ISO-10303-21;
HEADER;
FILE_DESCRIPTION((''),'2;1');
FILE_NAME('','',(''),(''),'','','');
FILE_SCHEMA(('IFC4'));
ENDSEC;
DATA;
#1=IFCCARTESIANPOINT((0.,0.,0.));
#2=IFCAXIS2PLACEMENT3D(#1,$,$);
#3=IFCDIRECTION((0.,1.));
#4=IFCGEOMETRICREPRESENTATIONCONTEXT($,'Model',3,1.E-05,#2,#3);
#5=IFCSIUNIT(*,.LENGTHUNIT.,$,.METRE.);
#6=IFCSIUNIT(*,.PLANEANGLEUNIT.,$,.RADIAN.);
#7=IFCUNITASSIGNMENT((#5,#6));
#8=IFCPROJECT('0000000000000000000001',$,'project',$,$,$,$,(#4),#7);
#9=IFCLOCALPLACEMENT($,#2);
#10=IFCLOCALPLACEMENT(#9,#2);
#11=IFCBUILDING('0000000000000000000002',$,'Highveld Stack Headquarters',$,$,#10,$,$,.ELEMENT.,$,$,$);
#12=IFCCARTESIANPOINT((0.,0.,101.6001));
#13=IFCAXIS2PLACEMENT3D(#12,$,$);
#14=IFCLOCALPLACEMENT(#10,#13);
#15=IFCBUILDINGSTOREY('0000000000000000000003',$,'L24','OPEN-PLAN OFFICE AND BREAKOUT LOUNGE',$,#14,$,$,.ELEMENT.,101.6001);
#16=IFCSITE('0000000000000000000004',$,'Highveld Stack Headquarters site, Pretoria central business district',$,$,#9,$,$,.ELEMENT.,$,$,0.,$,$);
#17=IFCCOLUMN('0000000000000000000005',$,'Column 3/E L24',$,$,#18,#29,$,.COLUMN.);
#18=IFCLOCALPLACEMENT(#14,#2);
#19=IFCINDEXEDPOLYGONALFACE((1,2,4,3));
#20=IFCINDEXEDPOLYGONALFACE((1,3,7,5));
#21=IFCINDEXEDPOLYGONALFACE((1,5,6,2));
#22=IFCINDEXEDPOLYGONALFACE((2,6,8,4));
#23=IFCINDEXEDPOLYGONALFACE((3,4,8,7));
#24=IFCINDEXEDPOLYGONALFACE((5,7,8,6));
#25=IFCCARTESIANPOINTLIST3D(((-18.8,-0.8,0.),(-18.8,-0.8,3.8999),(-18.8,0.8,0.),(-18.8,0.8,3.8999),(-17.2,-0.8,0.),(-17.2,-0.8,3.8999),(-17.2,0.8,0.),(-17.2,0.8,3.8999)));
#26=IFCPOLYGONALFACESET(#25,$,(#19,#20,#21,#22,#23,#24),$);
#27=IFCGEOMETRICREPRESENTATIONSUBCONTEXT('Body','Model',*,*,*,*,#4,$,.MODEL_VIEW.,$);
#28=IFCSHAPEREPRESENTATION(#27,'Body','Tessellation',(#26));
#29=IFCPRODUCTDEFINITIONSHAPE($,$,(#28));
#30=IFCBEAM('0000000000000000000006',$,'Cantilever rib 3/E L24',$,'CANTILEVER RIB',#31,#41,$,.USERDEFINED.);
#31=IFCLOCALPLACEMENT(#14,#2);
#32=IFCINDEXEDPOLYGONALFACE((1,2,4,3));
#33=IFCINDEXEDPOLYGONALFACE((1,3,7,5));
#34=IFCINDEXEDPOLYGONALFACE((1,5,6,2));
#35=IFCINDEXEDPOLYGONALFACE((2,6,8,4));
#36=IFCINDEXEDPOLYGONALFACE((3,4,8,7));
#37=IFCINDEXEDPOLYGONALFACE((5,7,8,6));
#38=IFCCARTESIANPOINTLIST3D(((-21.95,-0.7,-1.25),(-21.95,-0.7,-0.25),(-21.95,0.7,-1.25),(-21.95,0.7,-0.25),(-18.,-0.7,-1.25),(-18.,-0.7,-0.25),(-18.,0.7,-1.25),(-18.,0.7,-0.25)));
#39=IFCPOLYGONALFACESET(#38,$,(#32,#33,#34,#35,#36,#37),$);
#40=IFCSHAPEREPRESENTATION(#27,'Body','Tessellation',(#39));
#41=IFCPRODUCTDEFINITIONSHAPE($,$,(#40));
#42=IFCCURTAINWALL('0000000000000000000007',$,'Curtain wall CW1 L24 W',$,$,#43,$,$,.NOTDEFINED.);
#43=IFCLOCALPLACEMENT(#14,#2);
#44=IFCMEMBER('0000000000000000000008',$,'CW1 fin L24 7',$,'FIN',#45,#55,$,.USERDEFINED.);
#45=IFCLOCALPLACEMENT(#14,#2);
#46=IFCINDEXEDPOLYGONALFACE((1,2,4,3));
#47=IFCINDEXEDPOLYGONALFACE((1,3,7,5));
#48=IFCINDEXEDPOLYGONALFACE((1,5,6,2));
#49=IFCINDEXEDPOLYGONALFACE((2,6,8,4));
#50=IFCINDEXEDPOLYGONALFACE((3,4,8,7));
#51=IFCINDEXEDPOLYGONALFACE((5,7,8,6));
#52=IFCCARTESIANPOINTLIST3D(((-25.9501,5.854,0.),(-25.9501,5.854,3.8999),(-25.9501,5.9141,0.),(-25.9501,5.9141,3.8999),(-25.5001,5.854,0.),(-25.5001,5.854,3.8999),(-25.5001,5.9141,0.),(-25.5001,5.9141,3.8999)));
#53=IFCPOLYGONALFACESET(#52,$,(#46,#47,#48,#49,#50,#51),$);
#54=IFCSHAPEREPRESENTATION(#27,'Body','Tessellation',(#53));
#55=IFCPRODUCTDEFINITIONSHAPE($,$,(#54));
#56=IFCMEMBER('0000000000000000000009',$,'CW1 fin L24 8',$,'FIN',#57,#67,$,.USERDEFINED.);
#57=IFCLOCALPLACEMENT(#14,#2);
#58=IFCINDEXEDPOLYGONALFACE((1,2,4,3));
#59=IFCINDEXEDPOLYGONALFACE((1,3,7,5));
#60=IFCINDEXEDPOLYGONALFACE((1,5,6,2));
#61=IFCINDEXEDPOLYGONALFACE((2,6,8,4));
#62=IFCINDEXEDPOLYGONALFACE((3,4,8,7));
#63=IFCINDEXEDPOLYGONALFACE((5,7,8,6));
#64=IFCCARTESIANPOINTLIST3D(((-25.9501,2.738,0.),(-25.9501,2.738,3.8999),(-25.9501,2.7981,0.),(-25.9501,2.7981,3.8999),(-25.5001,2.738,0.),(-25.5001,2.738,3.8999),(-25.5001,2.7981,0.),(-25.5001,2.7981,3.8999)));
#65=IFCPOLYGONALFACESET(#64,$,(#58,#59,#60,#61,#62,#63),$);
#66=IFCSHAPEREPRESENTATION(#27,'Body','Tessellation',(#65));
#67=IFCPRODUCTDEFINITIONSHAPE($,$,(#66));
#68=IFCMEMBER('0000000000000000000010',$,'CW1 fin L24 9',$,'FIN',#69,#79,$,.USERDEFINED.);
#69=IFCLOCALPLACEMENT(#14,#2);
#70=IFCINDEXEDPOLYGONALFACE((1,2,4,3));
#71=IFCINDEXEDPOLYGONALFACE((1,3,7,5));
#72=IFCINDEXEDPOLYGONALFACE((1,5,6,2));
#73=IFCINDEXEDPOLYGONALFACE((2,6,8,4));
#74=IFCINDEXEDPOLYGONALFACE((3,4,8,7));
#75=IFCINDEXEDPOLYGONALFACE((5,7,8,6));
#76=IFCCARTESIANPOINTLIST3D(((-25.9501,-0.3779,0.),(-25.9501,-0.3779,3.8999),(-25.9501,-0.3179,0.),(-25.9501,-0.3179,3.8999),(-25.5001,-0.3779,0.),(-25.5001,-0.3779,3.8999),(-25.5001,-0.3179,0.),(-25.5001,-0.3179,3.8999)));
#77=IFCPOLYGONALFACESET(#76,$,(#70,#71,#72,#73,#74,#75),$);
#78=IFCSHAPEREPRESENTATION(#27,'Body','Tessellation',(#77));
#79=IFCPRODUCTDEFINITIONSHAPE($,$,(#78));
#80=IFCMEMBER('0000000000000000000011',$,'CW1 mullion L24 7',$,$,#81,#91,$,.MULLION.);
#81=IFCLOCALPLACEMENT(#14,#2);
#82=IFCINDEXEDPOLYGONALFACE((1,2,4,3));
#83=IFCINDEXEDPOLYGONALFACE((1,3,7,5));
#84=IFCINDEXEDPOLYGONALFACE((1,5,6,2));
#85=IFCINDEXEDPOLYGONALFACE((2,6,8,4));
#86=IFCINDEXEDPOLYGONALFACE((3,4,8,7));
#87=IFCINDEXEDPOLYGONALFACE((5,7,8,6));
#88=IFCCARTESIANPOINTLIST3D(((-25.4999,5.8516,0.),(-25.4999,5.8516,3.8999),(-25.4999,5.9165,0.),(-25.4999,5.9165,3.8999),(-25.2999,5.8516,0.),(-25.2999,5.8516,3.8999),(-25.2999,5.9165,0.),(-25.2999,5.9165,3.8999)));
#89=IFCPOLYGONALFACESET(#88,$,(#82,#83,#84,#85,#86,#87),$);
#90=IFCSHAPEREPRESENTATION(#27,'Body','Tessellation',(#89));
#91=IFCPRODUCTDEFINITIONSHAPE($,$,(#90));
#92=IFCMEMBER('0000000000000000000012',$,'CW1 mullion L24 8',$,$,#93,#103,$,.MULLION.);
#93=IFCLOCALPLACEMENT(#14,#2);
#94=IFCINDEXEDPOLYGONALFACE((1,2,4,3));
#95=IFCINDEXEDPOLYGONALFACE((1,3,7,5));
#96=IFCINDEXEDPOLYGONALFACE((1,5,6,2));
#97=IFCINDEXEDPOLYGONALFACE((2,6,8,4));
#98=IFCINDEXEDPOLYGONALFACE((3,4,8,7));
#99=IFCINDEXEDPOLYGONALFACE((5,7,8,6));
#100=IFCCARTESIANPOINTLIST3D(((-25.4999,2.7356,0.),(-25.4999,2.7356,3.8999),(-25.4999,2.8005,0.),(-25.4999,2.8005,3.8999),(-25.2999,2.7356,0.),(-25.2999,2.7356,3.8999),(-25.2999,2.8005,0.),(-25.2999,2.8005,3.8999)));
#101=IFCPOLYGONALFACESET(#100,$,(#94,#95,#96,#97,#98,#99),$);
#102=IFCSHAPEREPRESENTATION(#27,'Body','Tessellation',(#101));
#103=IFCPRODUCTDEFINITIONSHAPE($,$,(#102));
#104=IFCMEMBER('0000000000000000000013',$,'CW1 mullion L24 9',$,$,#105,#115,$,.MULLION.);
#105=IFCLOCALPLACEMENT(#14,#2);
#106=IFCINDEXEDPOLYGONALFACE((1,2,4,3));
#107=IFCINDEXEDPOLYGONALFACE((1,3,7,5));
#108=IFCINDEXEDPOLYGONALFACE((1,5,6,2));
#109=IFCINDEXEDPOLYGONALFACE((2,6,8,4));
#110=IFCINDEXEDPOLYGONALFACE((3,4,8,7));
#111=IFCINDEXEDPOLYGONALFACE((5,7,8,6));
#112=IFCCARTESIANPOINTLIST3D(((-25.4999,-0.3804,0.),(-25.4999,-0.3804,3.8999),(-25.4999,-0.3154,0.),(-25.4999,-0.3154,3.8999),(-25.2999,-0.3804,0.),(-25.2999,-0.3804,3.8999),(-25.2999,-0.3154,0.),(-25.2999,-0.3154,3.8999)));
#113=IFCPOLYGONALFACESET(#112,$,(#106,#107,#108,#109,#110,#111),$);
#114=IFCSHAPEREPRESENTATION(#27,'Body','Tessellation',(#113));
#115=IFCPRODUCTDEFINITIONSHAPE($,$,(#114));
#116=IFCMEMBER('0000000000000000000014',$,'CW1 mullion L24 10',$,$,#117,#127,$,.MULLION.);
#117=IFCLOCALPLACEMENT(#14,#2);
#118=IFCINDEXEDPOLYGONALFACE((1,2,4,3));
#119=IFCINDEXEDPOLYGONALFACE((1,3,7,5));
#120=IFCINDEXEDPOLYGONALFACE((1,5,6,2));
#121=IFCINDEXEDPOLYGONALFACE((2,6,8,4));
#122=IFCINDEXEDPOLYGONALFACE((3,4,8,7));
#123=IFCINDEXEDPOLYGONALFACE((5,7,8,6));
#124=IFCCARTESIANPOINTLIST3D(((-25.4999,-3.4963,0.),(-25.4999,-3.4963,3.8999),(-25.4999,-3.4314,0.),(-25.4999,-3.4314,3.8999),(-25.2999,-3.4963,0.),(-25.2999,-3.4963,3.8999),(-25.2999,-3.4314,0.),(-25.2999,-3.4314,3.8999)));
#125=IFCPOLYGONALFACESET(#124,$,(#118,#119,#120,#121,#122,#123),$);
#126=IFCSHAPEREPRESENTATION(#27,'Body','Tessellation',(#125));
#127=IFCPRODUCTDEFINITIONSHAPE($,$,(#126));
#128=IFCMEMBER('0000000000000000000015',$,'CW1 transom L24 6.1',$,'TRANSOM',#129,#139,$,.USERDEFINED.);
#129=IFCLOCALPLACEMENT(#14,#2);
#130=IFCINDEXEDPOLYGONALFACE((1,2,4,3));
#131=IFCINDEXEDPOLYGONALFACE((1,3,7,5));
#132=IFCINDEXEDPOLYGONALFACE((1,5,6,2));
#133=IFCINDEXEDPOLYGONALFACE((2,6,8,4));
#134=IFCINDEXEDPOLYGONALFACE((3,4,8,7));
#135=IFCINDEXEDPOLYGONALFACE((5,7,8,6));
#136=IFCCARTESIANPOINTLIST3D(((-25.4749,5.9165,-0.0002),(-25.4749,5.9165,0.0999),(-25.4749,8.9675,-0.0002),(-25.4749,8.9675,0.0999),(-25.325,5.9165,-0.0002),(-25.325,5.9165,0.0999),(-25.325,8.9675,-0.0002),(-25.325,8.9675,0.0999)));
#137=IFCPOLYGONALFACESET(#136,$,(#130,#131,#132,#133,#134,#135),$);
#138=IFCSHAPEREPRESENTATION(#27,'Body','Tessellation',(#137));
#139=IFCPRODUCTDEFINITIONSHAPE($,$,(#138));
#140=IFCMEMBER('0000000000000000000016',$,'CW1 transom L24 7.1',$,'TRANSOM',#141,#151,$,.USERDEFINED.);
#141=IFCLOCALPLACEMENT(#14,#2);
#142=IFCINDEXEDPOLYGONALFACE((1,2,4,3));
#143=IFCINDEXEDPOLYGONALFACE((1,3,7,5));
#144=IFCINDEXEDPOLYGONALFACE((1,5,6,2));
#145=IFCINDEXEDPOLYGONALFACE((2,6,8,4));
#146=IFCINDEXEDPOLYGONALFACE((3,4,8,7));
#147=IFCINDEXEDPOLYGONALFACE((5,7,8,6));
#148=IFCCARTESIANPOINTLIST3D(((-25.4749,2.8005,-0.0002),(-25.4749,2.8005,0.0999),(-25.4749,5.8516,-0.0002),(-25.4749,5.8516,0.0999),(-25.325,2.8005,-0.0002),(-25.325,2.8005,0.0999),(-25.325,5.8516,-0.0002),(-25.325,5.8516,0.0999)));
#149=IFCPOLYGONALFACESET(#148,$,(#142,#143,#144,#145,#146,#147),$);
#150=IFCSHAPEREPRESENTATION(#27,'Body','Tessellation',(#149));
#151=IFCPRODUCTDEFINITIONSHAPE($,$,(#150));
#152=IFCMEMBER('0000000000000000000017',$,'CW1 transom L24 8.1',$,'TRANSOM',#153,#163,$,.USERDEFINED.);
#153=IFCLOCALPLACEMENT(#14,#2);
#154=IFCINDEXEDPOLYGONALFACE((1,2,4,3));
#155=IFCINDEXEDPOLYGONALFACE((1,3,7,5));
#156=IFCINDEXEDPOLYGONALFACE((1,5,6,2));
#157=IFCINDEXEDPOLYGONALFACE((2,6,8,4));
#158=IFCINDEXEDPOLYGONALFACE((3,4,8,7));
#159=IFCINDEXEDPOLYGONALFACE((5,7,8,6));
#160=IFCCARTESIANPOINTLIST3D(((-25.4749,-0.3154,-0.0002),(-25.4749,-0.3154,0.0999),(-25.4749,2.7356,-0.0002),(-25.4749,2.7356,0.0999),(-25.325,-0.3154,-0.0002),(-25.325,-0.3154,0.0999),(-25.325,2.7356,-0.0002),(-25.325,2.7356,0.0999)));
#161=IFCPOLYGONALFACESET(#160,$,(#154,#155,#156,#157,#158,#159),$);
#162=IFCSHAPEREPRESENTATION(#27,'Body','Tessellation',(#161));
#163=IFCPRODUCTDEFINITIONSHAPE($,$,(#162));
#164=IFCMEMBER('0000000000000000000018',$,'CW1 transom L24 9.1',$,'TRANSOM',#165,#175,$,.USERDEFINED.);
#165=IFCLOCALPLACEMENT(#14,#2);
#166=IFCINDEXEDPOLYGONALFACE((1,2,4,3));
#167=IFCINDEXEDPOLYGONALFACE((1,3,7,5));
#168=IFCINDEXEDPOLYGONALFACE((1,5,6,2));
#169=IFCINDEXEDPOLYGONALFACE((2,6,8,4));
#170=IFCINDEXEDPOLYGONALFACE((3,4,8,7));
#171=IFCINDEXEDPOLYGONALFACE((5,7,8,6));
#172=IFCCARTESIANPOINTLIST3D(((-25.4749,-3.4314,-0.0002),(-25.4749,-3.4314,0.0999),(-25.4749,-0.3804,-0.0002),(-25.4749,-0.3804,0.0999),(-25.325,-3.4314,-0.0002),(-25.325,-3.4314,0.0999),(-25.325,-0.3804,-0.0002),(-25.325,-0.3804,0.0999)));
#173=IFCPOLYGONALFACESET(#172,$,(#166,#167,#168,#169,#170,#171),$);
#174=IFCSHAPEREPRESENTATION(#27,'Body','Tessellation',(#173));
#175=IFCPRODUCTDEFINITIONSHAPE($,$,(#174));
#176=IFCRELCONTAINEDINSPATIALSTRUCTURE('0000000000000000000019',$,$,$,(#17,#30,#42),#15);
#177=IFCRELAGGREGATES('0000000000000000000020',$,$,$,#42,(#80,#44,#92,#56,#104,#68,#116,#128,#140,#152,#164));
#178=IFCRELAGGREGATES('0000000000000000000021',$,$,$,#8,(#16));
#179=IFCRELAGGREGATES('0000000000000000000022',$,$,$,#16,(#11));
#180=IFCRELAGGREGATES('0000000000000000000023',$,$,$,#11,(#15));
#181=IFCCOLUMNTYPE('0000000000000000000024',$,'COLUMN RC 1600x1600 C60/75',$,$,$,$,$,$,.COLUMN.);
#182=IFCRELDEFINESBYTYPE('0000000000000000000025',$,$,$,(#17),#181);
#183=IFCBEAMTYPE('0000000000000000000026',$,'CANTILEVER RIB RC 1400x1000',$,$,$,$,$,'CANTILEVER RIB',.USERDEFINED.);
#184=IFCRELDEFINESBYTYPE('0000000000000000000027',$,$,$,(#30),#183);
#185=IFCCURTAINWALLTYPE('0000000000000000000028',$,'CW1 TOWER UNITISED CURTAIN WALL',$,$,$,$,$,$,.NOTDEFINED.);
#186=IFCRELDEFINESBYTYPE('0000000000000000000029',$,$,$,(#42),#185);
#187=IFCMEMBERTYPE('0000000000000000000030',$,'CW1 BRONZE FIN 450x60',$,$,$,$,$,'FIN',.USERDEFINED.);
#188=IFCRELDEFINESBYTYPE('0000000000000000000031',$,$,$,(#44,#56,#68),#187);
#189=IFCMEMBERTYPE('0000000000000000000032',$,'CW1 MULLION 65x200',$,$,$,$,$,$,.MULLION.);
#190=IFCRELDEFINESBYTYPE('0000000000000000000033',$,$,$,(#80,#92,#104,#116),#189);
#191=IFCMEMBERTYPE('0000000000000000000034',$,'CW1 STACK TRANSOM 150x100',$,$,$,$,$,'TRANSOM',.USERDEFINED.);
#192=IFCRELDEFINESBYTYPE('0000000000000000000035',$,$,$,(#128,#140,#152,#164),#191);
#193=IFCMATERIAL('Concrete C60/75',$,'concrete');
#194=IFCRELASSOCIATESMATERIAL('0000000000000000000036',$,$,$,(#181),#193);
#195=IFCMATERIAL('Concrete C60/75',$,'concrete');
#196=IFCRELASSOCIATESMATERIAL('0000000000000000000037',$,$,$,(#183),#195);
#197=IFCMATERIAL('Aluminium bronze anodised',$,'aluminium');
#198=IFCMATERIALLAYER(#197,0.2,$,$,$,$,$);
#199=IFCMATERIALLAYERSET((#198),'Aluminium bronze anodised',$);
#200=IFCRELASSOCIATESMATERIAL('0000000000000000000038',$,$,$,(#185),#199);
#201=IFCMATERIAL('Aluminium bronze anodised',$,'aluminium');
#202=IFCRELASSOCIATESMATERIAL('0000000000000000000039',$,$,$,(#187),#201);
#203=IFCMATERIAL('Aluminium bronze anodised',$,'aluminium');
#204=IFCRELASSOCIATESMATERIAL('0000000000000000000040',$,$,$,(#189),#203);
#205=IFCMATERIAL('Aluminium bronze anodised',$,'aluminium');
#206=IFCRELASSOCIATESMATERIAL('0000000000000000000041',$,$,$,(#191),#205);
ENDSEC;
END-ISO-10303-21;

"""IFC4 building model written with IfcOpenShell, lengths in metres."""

from ifc_helpers import new_model, si_unit, direction, frame, origin, origin_2d, place, context, subcontext, project, spatial, rectangle, extrude, material, layer, layer_set, material_profile, profile_set, type_object, element, aggregate, save


model = new_model("IFC4")

# Units and contexts
model_context = context("Model", 3, precision=1e-05, world=origin(), true_north=direction((0.0, 1.0)))
body_context = subcontext(model_context, "Body", "Model", "MODEL_VIEW")
ifc_project = project(units=[si_unit("LENGTHUNIT", "METRE"), si_unit("PLANEANGLEUNIT", "RADIAN")], contexts=[model_context])

# Site, building, storey
site_placement = place(None, origin())
site = spatial("IfcSite", under=ifc_project, at=site_placement, Name="Highveld Stack Headquarters site, Pretoria central business district", CompositionType="ELEMENT", RefElevation=0.0)
building_placement = place(site_placement, origin())
building = spatial("IfcBuilding", under=site, at=building_placement, Name="Highveld Stack Headquarters", CompositionType="ELEMENT")
storey_placement = place(building_placement, frame((0.0, 0.0, 101.6001)))
storey = spatial("IfcBuildingStorey", under=building, at=storey_placement, Name="L24", Description="OPEN-PLAN OFFICE AND BREAKOUT LOUNGE", CompositionType="ELEMENT", Elevation=101.6001)

# Column
ifc_material_1 = material(Name="Concrete C60/75", Category="concrete")
ifc_material_profile_1 = material_profile(ifc_material_1, rectangle(XDim=1.6001, YDim=1.6001, at=origin_2d()), Name="RC 1600x1600")
ifc_profile_set_1 = profile_set([ifc_material_profile_1], Name="Concrete C60/75")
column_type = type_object("IfcColumnType", Name="COLUMN RC 1600x1600 C60/75", PredefinedType="COLUMN", material=ifc_profile_set_1)
column_placement = place(storey_placement, frame((-18.0, 0.0, 0.0), z_axis=(0.0, 0.0, 1.0), x_axis=(1.0, 0.0, 0.0)))
element("IfcColumn", 1, at=column_placement, inside=storey, type_object=column_type, Name="Column 3/E L24", PredefinedType="COLUMN", context=body_context, shape_type="SweptSolid", body=[
    extrude(rectangle(XDim=1.6001, YDim=1.6001, at=origin_2d()), origin(), (0.0, 0.0, 1.0), 3.8999),
])

# Beam
ifc_material_2 = material(Name="Concrete C60/75", Category="concrete")
ifc_material_profile_2 = material_profile(ifc_material_2, rectangle(XDim=1.3999, YDim=1.0, at=origin_2d()), Name="RC 1400x1000")
ifc_profile_set_2 = profile_set([ifc_material_profile_2], Name="Concrete C60/75")
beam_type_1 = type_object("IfcBeamType", Name="CANTILEVER RIB RC 1400x1000", ElementType="CANTILEVER RIB", PredefinedType="USERDEFINED", material=ifc_profile_set_2)
beam_placement = place(storey_placement, frame((-18.0, 0.0, -0.75), z_axis=(-1.0, 0.0, 0.0), x_axis=(0.0, -1.0, 0.0)))
element("IfcBeam", 2, at=beam_placement, inside=storey, type_object=beam_type_1, Name="Cantilever rib 3/E L24", ObjectType="CANTILEVER RIB", PredefinedType="USERDEFINED", context=body_context, shape_type="SweptSolid", body=[
    extrude(rectangle(XDim=1.3999, YDim=1.0, at=origin_2d()), origin(), (0.0, 0.0, 1.0), 3.95),
])

# Curtain wall, members
ifc_material_3 = material(Name="Aluminium bronze anodised", Category="aluminium")
ifc_layer_1 = layer(ifc_material_3, 0.2)
ifc_layer_set_1 = layer_set([ifc_layer_1], Name="Aluminium bronze anodised")
curtain_wall_type = type_object("IfcCurtainWallType", Name="CW1 TOWER UNITISED CURTAIN WALL", PredefinedType="NOTDEFINED", material=ifc_layer_set_1)
curtain_wall_placement = place(storey_placement, origin())
curtain_wall = element("IfcCurtainWall", 3, at=curtain_wall_placement, inside=storey, type_object=curtain_wall_type, Name="Curtain wall CW1 L24 W", PredefinedType="NOTDEFINED")
ifc_material_4 = material(Name="Aluminium bronze anodised", Category="aluminium")
ifc_material_profile_3 = material_profile(ifc_material_4, rectangle(XDim=0.45, YDim=0.0601, at=origin_2d()), Name="FIN 450x60")
ifc_profile_set_3 = profile_set([ifc_material_profile_3], Name="Aluminium bronze anodised")
member_type_1 = type_object("IfcMemberType", Name="CW1 BRONZE FIN 450x60", ElementType="FIN", PredefinedType="USERDEFINED", material=ifc_profile_set_3)
member_1_placement = place(storey_placement, frame((-25.7251, 5.884, 0.0), z_axis=(0.0, 0.0, 1.0), x_axis=(1.0, 0.0, 0.0)))
member_1 = element("IfcMember", 4, at=member_1_placement, type_object=member_type_1, Name="CW1 fin L24 7", ObjectType="FIN", PredefinedType="USERDEFINED", context=body_context, shape_type="SweptSolid", body=[
    extrude(rectangle(XDim=0.45, YDim=0.0601, at=origin_2d()), origin(), (0.0, 0.0, 1.0), 3.8999),
])
member_2_placement = place(storey_placement, frame((-25.7251, 2.7681, 0.0), z_axis=(0.0, 0.0, 1.0), x_axis=(1.0, 0.0, 0.0)))
member_2 = element("IfcMember", 5, at=member_2_placement, type_object=member_type_1, Name="CW1 fin L24 8", ObjectType="FIN", PredefinedType="USERDEFINED", context=body_context, shape_type="SweptSolid", body=[
    extrude(rectangle(XDim=0.45, YDim=0.0601, at=origin_2d()), origin(), (0.0, 0.0, 1.0), 3.8999),
])
member_3_placement = place(storey_placement, frame((-25.7251, -0.3479, 0.0), z_axis=(0.0, 0.0, 1.0), x_axis=(1.0, 0.0, 0.0)))
member_3 = element("IfcMember", 6, at=member_3_placement, type_object=member_type_1, Name="CW1 fin L24 9", ObjectType="FIN", PredefinedType="USERDEFINED", context=body_context, shape_type="SweptSolid", body=[
    extrude(rectangle(XDim=0.45, YDim=0.0601, at=origin_2d()), origin(), (0.0, 0.0, 1.0), 3.8999),
])
ifc_material_5 = material(Name="Aluminium bronze anodised", Category="aluminium")
ifc_material_profile_4 = material_profile(ifc_material_5, rectangle(XDim=0.2, YDim=0.0649, at=origin_2d()), Name="CW1 MULLION 65x200")
ifc_profile_set_4 = profile_set([ifc_material_profile_4], Name="Aluminium bronze anodised")
member_type_2 = type_object("IfcMemberType", Name="CW1 MULLION 65x200", PredefinedType="MULLION", material=ifc_profile_set_4)
member_4_placement = place(storey_placement, frame((-25.3999, 5.884, 0.0), z_axis=(0.0, 0.0, 1.0), x_axis=(1.0, 0.0, 0.0)))
member_4 = element("IfcMember", 7, at=member_4_placement, type_object=member_type_2, Name="CW1 mullion L24 7", PredefinedType="MULLION", context=body_context, shape_type="SweptSolid", body=[
    extrude(rectangle(XDim=0.2, YDim=0.0649, at=origin_2d()), origin(), (0.0, 0.0, 1.0), 3.8999),
])
member_5_placement = place(storey_placement, frame((-25.3999, 2.7681, 0.0), z_axis=(0.0, 0.0, 1.0), x_axis=(1.0, 0.0, 0.0)))
member_5 = element("IfcMember", 8, at=member_5_placement, type_object=member_type_2, Name="CW1 mullion L24 8", PredefinedType="MULLION", context=body_context, shape_type="SweptSolid", body=[
    extrude(rectangle(XDim=0.2, YDim=0.0649, at=origin_2d()), origin(), (0.0, 0.0, 1.0), 3.8999),
])
member_6_placement = place(storey_placement, frame((-25.3999, -0.3479, 0.0), z_axis=(0.0, 0.0, 1.0), x_axis=(1.0, 0.0, 0.0)))
member_6 = element("IfcMember", 9, at=member_6_placement, type_object=member_type_2, Name="CW1 mullion L24 9", PredefinedType="MULLION", context=body_context, shape_type="SweptSolid", body=[
    extrude(rectangle(XDim=0.2, YDim=0.0649, at=origin_2d()), origin(), (0.0, 0.0, 1.0), 3.8999),
])
member_7_placement = place(storey_placement, frame((-25.3999, -3.4639, 0.0), z_axis=(0.0, 0.0, 1.0), x_axis=(1.0, 0.0, 0.0)))
member_7 = element("IfcMember", 10, at=member_7_placement, type_object=member_type_2, Name="CW1 mullion L24 10", PredefinedType="MULLION", context=body_context, shape_type="SweptSolid", body=[
    extrude(rectangle(XDim=0.2, YDim=0.0649, at=origin_2d()), origin(), (0.0, 0.0, 1.0), 3.8999),
])
ifc_material_6 = material(Name="Aluminium bronze anodised", Category="aluminium")
ifc_material_profile_5 = material_profile(ifc_material_6, rectangle(XDim=0.1499, YDim=0.1001, at=origin_2d()), Name="CW1 TRANSOM 150x100")
ifc_profile_set_5 = profile_set([ifc_material_profile_5], Name="Aluminium bronze anodised")
member_type_3 = type_object("IfcMemberType", Name="CW1 STACK TRANSOM 150x100", ElementType="TRANSOM", PredefinedType="USERDEFINED", material=ifc_profile_set_5)
member_8_placement = place(storey_placement, frame((-25.3999, 8.9675, 0.0498), z_axis=(0.0, -1.0, 0.0), x_axis=(1.0, 0.0, 0.0)))
member_8 = element("IfcMember", 11, at=member_8_placement, type_object=member_type_3, Name="CW1 transom L24 6.1", ObjectType="TRANSOM", PredefinedType="USERDEFINED", context=body_context, shape_type="SweptSolid", body=[
    extrude(rectangle(XDim=0.1499, YDim=0.1001, at=origin_2d()), origin(), (0.0, 0.0, 1.0), 3.051),
])
member_9_placement = place(storey_placement, frame((-25.3999, 5.8516, 0.0498), z_axis=(0.0, -1.0, 0.0), x_axis=(1.0, 0.0, 0.0)))
member_9 = element("IfcMember", 12, at=member_9_placement, type_object=member_type_3, Name="CW1 transom L24 7.1", ObjectType="TRANSOM", PredefinedType="USERDEFINED", context=body_context, shape_type="SweptSolid", body=[
    extrude(rectangle(XDim=0.1499, YDim=0.1001, at=origin_2d()), origin(), (0.0, 0.0, 1.0), 3.051),
])
member_10_placement = place(storey_placement, frame((-25.3999, 2.7356, 0.0498), z_axis=(0.0, -1.0, 0.0), x_axis=(1.0, 0.0, 0.0)))
member_10 = element("IfcMember", 13, at=member_10_placement, type_object=member_type_3, Name="CW1 transom L24 8.1", ObjectType="TRANSOM", PredefinedType="USERDEFINED", context=body_context, shape_type="SweptSolid", body=[
    extrude(rectangle(XDim=0.1499, YDim=0.1001, at=origin_2d()), origin(), (0.0, 0.0, 1.0), 3.051),
])
member_11_placement = place(storey_placement, frame((-25.3999, -0.3804, 0.0498), z_axis=(0.0, -1.0, 0.0), x_axis=(1.0, 0.0, 0.0)))
member_11 = element("IfcMember", 14, at=member_11_placement, type_object=member_type_3, Name="CW1 transom L24 9.1", ObjectType="TRANSOM", PredefinedType="USERDEFINED", context=body_context, shape_type="SweptSolid", body=[
    extrude(rectangle(XDim=0.1499, YDim=0.1001, at=origin_2d()), origin(), (0.0, 0.0, 1.0), 3.051),
])

aggregate(curtain_wall, [member_4, member_1, member_5, member_2, member_6, member_3, member_7, member_8, member_9, member_10, member_11])

save(model, "model.ifc")
